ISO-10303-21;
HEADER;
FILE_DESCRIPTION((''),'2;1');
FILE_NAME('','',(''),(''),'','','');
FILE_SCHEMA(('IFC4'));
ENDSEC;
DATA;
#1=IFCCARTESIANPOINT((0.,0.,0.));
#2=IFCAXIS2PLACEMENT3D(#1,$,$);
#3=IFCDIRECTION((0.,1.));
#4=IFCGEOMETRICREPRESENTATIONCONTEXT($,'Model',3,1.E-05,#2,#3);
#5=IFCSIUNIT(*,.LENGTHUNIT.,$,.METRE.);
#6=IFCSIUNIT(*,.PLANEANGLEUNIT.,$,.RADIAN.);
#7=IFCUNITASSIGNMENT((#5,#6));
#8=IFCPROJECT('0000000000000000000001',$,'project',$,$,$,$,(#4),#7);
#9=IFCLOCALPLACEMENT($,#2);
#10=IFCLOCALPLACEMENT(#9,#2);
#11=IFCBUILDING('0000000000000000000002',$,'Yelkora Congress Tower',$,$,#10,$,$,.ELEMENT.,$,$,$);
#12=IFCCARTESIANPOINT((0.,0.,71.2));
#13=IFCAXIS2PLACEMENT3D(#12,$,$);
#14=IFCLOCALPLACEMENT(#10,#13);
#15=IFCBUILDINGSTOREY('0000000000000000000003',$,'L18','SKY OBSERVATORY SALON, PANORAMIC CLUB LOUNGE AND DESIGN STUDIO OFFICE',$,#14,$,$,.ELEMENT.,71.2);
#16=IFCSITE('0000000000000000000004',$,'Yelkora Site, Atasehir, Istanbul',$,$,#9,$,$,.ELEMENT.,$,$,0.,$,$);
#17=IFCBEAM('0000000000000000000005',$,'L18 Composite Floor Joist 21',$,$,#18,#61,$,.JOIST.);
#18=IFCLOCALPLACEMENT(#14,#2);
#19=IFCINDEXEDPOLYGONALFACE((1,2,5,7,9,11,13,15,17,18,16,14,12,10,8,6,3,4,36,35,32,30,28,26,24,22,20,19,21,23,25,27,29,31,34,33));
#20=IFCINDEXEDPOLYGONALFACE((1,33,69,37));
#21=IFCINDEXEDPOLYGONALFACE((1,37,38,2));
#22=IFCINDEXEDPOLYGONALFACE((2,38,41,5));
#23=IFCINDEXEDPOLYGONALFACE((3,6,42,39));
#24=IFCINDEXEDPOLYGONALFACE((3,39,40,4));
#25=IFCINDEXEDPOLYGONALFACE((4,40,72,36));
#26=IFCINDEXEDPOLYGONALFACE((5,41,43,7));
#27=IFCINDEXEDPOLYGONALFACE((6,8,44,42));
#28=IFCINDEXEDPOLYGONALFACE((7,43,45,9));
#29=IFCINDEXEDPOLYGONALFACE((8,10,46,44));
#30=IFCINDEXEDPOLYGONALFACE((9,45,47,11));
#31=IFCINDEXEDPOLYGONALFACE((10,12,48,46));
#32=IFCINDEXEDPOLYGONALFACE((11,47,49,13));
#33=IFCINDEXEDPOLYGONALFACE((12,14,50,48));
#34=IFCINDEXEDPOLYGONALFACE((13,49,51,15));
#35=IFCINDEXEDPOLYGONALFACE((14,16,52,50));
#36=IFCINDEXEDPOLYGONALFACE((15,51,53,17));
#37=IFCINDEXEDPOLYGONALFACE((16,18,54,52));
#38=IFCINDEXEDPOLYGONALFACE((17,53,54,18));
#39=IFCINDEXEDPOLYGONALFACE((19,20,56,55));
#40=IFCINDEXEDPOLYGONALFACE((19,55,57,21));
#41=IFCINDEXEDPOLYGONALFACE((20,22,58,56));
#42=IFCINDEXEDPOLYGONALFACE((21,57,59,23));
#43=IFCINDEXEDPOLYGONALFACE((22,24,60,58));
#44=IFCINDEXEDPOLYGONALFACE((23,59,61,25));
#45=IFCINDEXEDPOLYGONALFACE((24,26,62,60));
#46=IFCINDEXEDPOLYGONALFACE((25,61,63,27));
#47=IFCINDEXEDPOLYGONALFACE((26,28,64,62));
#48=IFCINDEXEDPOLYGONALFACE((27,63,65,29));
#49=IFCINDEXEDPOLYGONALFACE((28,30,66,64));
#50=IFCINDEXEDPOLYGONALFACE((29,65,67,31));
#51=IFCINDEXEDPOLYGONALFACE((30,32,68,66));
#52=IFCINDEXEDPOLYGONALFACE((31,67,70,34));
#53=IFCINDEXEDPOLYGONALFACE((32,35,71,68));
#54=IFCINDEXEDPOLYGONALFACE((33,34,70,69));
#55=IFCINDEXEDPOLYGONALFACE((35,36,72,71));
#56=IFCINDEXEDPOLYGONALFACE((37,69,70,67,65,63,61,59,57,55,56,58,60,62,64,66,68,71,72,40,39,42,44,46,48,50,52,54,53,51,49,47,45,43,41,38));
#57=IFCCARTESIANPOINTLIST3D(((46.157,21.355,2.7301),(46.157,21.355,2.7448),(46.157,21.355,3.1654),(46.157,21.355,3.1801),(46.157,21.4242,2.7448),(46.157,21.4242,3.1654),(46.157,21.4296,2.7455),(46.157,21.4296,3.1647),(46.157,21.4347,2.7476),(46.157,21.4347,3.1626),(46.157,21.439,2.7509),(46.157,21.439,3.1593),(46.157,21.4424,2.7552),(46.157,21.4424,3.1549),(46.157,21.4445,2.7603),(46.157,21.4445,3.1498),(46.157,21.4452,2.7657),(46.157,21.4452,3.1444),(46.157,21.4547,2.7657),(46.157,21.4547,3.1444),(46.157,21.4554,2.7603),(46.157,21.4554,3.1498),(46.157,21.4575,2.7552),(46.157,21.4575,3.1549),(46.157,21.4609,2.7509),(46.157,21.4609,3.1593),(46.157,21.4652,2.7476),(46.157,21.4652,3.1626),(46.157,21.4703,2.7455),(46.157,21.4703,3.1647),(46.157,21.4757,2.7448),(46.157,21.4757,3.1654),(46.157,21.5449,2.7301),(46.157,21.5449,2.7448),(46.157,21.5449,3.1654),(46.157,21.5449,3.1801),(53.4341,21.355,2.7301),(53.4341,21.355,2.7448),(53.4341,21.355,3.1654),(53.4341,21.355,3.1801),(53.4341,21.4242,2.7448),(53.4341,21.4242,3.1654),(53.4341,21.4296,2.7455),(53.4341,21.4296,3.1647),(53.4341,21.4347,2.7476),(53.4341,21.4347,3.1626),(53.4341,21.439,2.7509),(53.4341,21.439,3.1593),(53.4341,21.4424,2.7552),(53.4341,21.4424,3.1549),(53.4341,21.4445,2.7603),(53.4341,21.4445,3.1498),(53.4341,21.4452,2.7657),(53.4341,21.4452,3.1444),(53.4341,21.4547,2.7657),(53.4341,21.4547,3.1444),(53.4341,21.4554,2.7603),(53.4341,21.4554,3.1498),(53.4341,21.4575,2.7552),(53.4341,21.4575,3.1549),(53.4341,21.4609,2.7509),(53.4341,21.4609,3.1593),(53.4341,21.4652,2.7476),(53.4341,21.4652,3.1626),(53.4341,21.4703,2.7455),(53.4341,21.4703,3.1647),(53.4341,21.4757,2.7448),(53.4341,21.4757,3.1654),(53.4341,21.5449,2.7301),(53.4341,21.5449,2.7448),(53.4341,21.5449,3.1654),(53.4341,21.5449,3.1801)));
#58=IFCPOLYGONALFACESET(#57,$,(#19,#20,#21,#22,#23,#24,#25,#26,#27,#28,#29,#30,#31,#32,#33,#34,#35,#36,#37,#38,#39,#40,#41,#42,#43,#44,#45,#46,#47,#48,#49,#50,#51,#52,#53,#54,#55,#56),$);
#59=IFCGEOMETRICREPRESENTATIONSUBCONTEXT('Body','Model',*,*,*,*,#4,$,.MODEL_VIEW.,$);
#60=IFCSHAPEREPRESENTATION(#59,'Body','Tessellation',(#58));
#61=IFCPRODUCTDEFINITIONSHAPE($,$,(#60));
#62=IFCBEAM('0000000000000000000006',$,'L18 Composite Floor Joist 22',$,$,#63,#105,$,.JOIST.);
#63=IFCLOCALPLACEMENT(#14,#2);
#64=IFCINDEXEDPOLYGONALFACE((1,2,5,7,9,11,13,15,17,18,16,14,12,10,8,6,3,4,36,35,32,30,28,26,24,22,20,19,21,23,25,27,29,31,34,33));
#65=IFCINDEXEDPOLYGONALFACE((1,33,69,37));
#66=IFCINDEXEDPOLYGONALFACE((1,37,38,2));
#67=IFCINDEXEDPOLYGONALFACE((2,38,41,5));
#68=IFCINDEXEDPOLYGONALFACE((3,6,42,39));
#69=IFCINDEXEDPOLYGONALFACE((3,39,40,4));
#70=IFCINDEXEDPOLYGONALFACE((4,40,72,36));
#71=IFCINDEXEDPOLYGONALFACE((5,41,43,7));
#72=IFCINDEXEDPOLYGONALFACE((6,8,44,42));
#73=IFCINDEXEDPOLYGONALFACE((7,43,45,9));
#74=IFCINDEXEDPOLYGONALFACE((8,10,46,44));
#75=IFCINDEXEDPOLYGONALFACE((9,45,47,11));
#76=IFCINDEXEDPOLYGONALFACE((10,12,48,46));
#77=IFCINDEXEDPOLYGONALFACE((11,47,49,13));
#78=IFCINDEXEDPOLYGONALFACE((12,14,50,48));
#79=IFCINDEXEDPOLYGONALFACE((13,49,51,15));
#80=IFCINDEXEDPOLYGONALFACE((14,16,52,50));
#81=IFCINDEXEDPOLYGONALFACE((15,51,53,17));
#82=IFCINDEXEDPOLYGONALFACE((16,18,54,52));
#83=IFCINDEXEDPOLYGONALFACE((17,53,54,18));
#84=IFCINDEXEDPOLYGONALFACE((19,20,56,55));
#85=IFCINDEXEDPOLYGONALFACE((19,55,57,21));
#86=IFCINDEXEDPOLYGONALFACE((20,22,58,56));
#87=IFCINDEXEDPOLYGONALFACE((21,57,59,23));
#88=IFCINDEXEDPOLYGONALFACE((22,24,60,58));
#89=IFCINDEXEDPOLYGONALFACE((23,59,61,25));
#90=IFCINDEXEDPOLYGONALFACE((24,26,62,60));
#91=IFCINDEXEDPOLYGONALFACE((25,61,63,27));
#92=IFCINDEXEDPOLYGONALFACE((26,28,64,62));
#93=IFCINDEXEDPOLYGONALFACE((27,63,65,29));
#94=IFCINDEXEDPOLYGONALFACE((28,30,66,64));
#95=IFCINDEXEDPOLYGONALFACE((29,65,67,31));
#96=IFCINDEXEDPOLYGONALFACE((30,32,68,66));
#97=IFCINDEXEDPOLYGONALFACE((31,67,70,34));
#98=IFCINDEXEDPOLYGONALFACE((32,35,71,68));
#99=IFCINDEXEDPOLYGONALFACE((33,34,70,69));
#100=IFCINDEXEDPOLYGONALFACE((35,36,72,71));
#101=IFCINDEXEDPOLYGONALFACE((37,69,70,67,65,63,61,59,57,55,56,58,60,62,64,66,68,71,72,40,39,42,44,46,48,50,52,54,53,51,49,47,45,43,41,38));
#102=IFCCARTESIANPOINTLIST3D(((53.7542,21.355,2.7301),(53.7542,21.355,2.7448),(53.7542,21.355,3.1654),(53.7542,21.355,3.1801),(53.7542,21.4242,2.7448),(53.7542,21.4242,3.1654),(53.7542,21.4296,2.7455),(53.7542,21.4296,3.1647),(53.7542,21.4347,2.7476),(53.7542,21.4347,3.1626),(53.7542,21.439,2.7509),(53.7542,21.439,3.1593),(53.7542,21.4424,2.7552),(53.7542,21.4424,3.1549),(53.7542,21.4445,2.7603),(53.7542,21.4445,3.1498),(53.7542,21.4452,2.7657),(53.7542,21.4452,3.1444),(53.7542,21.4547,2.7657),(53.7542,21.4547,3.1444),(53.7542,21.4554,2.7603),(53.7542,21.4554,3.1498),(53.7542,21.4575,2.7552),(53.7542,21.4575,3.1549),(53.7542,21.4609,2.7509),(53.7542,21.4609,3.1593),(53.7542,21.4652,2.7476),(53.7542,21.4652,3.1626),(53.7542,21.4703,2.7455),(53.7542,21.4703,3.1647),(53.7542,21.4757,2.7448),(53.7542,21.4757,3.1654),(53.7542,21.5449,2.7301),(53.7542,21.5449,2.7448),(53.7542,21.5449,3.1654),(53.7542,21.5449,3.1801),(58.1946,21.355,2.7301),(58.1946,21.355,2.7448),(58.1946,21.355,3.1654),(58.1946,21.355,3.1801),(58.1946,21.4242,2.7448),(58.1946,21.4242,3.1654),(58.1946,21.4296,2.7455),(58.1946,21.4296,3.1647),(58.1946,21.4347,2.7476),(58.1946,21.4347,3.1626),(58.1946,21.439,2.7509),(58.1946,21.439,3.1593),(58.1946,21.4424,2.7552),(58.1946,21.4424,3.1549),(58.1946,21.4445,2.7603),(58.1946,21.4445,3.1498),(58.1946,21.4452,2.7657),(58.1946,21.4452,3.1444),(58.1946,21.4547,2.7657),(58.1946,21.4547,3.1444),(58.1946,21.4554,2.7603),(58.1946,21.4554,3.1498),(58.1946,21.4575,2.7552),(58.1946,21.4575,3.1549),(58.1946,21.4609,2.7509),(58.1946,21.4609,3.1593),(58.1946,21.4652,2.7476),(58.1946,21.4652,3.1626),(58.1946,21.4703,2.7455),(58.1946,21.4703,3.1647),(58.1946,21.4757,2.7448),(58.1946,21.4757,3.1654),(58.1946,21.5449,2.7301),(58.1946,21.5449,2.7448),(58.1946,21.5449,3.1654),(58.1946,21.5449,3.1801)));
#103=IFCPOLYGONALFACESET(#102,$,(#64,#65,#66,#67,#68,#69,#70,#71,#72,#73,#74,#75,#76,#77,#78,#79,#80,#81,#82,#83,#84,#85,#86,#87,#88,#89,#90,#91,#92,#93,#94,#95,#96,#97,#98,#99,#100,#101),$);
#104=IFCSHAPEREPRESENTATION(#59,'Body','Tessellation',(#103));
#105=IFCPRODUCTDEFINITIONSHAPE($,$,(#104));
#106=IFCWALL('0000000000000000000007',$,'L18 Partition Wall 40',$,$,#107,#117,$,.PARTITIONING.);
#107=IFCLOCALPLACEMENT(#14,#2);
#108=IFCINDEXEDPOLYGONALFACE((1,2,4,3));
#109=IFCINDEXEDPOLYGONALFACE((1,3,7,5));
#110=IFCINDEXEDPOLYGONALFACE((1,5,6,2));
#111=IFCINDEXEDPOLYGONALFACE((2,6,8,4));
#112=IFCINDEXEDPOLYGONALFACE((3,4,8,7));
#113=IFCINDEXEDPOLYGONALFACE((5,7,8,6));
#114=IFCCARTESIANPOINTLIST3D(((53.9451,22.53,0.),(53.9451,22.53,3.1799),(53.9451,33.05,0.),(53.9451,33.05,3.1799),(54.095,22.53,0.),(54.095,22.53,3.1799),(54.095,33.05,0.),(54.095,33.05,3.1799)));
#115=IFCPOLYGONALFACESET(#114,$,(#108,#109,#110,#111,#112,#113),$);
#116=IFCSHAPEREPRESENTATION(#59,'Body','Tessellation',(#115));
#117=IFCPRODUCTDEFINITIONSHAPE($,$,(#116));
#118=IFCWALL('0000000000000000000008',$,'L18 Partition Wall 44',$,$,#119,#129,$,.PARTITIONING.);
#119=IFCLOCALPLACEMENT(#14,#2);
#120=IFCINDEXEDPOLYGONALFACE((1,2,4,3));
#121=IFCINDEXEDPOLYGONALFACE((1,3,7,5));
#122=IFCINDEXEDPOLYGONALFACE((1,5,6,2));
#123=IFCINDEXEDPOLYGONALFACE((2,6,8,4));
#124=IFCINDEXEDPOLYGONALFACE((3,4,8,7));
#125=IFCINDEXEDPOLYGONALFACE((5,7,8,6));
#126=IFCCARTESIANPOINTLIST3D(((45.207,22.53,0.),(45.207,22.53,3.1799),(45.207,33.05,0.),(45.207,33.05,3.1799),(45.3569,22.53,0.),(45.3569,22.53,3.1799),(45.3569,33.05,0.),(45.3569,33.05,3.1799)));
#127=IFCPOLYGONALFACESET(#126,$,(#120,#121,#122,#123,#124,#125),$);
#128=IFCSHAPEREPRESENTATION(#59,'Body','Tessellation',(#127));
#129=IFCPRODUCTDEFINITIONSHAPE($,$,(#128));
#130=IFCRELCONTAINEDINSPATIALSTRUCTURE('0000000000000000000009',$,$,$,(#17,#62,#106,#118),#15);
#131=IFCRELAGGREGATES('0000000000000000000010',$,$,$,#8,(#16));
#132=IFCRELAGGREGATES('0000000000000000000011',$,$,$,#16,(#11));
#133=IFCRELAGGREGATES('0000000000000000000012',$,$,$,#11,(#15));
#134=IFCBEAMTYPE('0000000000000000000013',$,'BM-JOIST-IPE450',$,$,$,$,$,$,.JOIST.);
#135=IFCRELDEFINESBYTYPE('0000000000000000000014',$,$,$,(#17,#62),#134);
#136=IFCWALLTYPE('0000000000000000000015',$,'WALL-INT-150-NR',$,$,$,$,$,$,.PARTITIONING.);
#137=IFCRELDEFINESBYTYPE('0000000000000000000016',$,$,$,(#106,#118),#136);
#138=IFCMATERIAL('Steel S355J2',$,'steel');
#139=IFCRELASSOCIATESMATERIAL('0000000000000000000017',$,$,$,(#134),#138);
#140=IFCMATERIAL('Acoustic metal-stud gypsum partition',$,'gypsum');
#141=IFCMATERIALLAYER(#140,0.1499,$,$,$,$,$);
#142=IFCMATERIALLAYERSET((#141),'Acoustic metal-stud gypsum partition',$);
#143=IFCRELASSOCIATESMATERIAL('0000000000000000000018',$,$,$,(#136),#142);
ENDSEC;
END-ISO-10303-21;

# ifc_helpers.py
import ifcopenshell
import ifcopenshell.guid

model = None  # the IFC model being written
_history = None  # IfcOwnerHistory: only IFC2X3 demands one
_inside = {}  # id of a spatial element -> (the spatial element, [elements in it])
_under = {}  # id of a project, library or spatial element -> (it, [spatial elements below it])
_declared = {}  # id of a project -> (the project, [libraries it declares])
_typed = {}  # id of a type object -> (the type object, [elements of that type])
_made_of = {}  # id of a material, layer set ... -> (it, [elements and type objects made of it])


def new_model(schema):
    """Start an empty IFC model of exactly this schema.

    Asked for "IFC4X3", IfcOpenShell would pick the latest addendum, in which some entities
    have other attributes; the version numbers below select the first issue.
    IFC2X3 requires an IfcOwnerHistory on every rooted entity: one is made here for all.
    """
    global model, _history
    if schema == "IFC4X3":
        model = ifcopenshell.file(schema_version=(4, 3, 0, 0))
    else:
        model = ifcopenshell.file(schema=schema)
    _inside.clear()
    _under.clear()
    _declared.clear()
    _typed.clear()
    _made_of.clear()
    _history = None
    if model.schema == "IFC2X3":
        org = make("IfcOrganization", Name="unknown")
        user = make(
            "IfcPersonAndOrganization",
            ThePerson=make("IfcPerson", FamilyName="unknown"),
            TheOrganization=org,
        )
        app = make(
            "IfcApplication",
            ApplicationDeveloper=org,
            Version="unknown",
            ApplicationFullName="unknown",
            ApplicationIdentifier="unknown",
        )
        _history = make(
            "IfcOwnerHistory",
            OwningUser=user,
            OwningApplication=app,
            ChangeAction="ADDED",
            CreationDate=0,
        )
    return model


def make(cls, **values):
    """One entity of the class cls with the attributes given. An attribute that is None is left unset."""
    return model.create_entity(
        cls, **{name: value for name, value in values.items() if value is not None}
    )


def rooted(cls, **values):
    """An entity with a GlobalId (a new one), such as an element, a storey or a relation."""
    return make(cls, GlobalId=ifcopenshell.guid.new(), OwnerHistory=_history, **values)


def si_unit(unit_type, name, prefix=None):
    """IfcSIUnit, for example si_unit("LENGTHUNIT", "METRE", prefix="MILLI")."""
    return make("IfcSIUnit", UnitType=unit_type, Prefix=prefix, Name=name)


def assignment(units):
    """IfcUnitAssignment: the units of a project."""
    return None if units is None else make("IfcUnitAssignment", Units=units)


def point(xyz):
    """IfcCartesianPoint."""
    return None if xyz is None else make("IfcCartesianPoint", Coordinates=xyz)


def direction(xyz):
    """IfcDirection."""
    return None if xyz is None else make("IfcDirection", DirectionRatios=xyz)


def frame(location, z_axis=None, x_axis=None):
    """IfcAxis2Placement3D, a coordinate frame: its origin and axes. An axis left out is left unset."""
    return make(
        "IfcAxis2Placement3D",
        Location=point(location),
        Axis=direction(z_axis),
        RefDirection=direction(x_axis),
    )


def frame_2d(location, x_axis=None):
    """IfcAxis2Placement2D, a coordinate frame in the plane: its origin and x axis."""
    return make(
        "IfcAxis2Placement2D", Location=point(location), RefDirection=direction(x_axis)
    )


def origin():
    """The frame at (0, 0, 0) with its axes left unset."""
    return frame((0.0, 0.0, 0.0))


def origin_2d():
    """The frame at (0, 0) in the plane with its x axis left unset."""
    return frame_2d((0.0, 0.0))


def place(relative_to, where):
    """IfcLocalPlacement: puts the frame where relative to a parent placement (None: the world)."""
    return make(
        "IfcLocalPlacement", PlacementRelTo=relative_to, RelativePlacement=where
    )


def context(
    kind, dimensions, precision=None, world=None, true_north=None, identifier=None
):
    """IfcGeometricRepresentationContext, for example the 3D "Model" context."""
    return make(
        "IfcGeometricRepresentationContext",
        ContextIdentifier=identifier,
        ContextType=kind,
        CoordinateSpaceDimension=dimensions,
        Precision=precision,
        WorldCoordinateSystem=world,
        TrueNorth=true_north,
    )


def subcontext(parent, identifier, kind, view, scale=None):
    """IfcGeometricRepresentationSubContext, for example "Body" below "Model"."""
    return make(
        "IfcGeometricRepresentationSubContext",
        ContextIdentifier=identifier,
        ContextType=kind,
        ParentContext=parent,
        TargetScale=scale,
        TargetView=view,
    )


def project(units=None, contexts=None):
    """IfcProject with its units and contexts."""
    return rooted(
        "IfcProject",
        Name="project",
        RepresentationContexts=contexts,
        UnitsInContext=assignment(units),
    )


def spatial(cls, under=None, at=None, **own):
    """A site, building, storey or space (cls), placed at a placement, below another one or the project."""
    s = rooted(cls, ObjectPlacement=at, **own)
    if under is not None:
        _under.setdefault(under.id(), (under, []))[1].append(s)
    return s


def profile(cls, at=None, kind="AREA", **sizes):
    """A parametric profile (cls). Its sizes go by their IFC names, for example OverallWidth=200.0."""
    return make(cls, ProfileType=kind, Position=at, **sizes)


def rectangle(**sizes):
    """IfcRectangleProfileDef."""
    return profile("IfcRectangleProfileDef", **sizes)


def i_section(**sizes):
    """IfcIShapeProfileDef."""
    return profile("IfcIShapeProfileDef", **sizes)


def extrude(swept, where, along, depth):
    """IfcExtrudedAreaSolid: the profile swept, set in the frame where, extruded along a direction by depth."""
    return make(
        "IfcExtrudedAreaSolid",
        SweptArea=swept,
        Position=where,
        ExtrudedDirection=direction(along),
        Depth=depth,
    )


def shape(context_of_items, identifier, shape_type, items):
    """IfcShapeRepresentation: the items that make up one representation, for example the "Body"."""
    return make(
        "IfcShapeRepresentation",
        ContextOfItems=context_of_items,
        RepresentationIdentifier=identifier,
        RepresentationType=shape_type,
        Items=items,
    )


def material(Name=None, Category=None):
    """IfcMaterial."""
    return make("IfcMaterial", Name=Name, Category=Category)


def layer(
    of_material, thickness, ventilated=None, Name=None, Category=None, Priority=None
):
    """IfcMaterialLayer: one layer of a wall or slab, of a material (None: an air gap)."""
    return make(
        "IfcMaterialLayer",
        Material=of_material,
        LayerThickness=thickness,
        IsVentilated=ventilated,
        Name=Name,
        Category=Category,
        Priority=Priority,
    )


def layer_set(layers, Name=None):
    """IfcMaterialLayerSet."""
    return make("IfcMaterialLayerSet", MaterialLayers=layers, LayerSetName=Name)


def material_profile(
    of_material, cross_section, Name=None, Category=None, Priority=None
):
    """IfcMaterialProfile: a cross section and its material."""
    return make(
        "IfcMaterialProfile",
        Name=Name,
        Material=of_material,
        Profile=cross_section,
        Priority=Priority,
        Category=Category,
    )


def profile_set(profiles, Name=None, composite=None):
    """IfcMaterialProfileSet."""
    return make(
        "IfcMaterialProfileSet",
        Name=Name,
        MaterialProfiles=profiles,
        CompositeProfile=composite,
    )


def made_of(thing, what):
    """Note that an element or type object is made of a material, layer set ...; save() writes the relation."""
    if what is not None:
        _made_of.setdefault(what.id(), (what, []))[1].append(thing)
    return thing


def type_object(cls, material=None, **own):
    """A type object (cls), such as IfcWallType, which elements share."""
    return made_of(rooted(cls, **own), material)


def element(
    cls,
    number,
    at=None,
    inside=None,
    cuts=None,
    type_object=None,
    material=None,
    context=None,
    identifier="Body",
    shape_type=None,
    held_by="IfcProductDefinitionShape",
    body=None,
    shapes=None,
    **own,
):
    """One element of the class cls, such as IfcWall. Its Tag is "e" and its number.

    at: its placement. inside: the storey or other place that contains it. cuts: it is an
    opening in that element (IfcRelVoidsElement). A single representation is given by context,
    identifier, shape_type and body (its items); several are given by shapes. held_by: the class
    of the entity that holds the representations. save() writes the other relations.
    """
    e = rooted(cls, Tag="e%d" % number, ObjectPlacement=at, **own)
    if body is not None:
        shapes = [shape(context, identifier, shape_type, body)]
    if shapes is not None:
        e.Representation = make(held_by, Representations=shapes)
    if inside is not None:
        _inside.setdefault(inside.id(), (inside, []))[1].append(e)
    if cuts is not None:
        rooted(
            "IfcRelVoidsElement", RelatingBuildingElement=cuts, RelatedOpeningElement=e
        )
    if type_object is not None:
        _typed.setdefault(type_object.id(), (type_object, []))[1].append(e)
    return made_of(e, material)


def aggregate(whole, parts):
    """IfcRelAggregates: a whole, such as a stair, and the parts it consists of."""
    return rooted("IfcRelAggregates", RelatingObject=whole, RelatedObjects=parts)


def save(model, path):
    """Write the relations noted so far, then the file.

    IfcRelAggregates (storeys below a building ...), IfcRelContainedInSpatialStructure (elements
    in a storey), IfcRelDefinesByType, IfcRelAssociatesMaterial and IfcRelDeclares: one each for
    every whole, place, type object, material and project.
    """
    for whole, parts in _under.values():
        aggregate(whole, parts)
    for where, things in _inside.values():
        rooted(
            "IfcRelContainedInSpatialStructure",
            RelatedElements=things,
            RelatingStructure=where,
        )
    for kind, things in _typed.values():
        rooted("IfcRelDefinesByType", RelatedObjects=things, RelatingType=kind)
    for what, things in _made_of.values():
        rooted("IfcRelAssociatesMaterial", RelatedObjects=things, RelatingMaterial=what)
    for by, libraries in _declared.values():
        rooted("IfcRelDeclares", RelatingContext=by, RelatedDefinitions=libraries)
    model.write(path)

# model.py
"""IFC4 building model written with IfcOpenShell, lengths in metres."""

from ifc_helpers import new_model, si_unit, direction, frame, frame_2d, origin, origin_2d, place, context, subcontext, project, spatial, rectangle, i_section, extrude, material, layer, layer_set, material_profile, profile_set, type_object, element, save


model = new_model("IFC4")

# Units and contexts
model_context = context("Model", 3, precision=1e-05, world=origin(), true_north=direction((0.0, 1.0)))
body_context = subcontext(model_context, "Body", "Model", "MODEL_VIEW")
ifc_project = project(units=[si_unit("LENGTHUNIT", "METRE"), si_unit("PLANEANGLEUNIT", "RADIAN")], contexts=[model_context])

# Site, building, storey
site_placement = place(None, origin())
site = spatial("IfcSite", under=ifc_project, at=site_placement, Name="Yelkora Site, Atasehir, Istanbul", CompositionType="ELEMENT", RefElevation=0.0)
building_placement = place(site_placement, origin())
building = spatial("IfcBuilding", under=site, at=building_placement, Name="Yelkora Congress Tower", CompositionType="ELEMENT")
storey_placement = place(building_placement, frame((0.0, 0.0, 71.2)))
storey = spatial("IfcBuildingStorey", under=building, at=storey_placement, Name="L18", Description="SKY OBSERVATORY SALON, PANORAMIC CLUB LOUNGE AND DESIGN STUDIO OFFICE", CompositionType="ELEMENT", Elevation=71.2)

# Beams
ifc_material_1 = material(Name="Steel S355J2", Category="steel")
ifc_material_profile_1 = material_profile(ifc_material_1, i_section(OverallWidth=0.1899, OverallDepth=0.45, WebThickness=0.0095, FlangeThickness=0.0146, FilletRadius=0.021, at=origin_2d()), Name="IPE 450")
ifc_profile_set_1 = profile_set([ifc_material_profile_1], Name="Steel S355J2")
beam_type_1 = type_object("IfcBeamType", Name="BM-JOIST-IPE450", PredefinedType="JOIST", material=ifc_profile_set_1)
beam_1_placement = place(storey_placement, frame((46.157, 21.45, 2.9551), z_axis=(1.0, 0.0, 0.0), x_axis=(0.0, 1.0, 0.0)))
element("IfcBeam", 1, at=beam_1_placement, inside=storey, type_object=beam_type_1, Name="L18 Composite Floor Joist 21", PredefinedType="JOIST", context=body_context, shape_type="SweptSolid", body=[
    extrude(i_section(OverallWidth=0.1899, OverallDepth=0.45, WebThickness=0.0095, FlangeThickness=0.0146, FilletRadius=0.021, at=origin_2d()), origin(), (0.0, 0.0, 1.0), 7.2771),
])
beam_2_placement = place(storey_placement, frame((53.7542, 21.45, 2.9551), z_axis=(1.0, 0.0, 0.0), x_axis=(0.0, 1.0, 0.0)))
element("IfcBeam", 2, at=beam_2_placement, inside=storey, type_object=beam_type_1, Name="L18 Composite Floor Joist 22", PredefinedType="JOIST", context=body_context, shape_type="SweptSolid", body=[
    extrude(i_section(OverallWidth=0.1899, OverallDepth=0.45, WebThickness=0.0095, FlangeThickness=0.0146, FilletRadius=0.021, at=origin_2d()), origin(), (0.0, 0.0, 1.0), 4.4404),
])

# Walls
ifc_material_2 = material(Name="Acoustic metal-stud gypsum partition", Category="gypsum")
ifc_layer_1 = layer(ifc_material_2, 0.1499)
ifc_layer_set_1 = layer_set([ifc_layer_1], Name="Acoustic metal-stud gypsum partition")
wall_type_1 = type_object("IfcWallType", Name="WALL-INT-150-NR", PredefinedType="PARTITIONING", material=ifc_layer_set_1)
for number, where, z_axis, x_axis, name in (
    (3, (54.02, 22.53, 0.0), (0.0, 0.0, 1.0), (0.0, 1.0, 0.0), "L18 Partition Wall 40"),
    (4, (45.282, 22.53, 0.0), (0.0, 0.0, 1.0), (0.0, 1.0, 0.0), "L18 Partition Wall 44"),
):
    element("IfcWall", number, at=place(storey_placement, frame(where, z_axis=z_axis, x_axis=x_axis)), inside=storey, type_object=wall_type_1, Name=name, PredefinedType="PARTITIONING", context=body_context, shape_type="SweptSolid", body=[
        extrude(rectangle(XDim=10.52, YDim=0.1499, at=frame_2d((5.26, 0.0))), origin(), (0.0, 0.0, 1.0), 3.1799),
    ])

save(model, "model.ifc")
